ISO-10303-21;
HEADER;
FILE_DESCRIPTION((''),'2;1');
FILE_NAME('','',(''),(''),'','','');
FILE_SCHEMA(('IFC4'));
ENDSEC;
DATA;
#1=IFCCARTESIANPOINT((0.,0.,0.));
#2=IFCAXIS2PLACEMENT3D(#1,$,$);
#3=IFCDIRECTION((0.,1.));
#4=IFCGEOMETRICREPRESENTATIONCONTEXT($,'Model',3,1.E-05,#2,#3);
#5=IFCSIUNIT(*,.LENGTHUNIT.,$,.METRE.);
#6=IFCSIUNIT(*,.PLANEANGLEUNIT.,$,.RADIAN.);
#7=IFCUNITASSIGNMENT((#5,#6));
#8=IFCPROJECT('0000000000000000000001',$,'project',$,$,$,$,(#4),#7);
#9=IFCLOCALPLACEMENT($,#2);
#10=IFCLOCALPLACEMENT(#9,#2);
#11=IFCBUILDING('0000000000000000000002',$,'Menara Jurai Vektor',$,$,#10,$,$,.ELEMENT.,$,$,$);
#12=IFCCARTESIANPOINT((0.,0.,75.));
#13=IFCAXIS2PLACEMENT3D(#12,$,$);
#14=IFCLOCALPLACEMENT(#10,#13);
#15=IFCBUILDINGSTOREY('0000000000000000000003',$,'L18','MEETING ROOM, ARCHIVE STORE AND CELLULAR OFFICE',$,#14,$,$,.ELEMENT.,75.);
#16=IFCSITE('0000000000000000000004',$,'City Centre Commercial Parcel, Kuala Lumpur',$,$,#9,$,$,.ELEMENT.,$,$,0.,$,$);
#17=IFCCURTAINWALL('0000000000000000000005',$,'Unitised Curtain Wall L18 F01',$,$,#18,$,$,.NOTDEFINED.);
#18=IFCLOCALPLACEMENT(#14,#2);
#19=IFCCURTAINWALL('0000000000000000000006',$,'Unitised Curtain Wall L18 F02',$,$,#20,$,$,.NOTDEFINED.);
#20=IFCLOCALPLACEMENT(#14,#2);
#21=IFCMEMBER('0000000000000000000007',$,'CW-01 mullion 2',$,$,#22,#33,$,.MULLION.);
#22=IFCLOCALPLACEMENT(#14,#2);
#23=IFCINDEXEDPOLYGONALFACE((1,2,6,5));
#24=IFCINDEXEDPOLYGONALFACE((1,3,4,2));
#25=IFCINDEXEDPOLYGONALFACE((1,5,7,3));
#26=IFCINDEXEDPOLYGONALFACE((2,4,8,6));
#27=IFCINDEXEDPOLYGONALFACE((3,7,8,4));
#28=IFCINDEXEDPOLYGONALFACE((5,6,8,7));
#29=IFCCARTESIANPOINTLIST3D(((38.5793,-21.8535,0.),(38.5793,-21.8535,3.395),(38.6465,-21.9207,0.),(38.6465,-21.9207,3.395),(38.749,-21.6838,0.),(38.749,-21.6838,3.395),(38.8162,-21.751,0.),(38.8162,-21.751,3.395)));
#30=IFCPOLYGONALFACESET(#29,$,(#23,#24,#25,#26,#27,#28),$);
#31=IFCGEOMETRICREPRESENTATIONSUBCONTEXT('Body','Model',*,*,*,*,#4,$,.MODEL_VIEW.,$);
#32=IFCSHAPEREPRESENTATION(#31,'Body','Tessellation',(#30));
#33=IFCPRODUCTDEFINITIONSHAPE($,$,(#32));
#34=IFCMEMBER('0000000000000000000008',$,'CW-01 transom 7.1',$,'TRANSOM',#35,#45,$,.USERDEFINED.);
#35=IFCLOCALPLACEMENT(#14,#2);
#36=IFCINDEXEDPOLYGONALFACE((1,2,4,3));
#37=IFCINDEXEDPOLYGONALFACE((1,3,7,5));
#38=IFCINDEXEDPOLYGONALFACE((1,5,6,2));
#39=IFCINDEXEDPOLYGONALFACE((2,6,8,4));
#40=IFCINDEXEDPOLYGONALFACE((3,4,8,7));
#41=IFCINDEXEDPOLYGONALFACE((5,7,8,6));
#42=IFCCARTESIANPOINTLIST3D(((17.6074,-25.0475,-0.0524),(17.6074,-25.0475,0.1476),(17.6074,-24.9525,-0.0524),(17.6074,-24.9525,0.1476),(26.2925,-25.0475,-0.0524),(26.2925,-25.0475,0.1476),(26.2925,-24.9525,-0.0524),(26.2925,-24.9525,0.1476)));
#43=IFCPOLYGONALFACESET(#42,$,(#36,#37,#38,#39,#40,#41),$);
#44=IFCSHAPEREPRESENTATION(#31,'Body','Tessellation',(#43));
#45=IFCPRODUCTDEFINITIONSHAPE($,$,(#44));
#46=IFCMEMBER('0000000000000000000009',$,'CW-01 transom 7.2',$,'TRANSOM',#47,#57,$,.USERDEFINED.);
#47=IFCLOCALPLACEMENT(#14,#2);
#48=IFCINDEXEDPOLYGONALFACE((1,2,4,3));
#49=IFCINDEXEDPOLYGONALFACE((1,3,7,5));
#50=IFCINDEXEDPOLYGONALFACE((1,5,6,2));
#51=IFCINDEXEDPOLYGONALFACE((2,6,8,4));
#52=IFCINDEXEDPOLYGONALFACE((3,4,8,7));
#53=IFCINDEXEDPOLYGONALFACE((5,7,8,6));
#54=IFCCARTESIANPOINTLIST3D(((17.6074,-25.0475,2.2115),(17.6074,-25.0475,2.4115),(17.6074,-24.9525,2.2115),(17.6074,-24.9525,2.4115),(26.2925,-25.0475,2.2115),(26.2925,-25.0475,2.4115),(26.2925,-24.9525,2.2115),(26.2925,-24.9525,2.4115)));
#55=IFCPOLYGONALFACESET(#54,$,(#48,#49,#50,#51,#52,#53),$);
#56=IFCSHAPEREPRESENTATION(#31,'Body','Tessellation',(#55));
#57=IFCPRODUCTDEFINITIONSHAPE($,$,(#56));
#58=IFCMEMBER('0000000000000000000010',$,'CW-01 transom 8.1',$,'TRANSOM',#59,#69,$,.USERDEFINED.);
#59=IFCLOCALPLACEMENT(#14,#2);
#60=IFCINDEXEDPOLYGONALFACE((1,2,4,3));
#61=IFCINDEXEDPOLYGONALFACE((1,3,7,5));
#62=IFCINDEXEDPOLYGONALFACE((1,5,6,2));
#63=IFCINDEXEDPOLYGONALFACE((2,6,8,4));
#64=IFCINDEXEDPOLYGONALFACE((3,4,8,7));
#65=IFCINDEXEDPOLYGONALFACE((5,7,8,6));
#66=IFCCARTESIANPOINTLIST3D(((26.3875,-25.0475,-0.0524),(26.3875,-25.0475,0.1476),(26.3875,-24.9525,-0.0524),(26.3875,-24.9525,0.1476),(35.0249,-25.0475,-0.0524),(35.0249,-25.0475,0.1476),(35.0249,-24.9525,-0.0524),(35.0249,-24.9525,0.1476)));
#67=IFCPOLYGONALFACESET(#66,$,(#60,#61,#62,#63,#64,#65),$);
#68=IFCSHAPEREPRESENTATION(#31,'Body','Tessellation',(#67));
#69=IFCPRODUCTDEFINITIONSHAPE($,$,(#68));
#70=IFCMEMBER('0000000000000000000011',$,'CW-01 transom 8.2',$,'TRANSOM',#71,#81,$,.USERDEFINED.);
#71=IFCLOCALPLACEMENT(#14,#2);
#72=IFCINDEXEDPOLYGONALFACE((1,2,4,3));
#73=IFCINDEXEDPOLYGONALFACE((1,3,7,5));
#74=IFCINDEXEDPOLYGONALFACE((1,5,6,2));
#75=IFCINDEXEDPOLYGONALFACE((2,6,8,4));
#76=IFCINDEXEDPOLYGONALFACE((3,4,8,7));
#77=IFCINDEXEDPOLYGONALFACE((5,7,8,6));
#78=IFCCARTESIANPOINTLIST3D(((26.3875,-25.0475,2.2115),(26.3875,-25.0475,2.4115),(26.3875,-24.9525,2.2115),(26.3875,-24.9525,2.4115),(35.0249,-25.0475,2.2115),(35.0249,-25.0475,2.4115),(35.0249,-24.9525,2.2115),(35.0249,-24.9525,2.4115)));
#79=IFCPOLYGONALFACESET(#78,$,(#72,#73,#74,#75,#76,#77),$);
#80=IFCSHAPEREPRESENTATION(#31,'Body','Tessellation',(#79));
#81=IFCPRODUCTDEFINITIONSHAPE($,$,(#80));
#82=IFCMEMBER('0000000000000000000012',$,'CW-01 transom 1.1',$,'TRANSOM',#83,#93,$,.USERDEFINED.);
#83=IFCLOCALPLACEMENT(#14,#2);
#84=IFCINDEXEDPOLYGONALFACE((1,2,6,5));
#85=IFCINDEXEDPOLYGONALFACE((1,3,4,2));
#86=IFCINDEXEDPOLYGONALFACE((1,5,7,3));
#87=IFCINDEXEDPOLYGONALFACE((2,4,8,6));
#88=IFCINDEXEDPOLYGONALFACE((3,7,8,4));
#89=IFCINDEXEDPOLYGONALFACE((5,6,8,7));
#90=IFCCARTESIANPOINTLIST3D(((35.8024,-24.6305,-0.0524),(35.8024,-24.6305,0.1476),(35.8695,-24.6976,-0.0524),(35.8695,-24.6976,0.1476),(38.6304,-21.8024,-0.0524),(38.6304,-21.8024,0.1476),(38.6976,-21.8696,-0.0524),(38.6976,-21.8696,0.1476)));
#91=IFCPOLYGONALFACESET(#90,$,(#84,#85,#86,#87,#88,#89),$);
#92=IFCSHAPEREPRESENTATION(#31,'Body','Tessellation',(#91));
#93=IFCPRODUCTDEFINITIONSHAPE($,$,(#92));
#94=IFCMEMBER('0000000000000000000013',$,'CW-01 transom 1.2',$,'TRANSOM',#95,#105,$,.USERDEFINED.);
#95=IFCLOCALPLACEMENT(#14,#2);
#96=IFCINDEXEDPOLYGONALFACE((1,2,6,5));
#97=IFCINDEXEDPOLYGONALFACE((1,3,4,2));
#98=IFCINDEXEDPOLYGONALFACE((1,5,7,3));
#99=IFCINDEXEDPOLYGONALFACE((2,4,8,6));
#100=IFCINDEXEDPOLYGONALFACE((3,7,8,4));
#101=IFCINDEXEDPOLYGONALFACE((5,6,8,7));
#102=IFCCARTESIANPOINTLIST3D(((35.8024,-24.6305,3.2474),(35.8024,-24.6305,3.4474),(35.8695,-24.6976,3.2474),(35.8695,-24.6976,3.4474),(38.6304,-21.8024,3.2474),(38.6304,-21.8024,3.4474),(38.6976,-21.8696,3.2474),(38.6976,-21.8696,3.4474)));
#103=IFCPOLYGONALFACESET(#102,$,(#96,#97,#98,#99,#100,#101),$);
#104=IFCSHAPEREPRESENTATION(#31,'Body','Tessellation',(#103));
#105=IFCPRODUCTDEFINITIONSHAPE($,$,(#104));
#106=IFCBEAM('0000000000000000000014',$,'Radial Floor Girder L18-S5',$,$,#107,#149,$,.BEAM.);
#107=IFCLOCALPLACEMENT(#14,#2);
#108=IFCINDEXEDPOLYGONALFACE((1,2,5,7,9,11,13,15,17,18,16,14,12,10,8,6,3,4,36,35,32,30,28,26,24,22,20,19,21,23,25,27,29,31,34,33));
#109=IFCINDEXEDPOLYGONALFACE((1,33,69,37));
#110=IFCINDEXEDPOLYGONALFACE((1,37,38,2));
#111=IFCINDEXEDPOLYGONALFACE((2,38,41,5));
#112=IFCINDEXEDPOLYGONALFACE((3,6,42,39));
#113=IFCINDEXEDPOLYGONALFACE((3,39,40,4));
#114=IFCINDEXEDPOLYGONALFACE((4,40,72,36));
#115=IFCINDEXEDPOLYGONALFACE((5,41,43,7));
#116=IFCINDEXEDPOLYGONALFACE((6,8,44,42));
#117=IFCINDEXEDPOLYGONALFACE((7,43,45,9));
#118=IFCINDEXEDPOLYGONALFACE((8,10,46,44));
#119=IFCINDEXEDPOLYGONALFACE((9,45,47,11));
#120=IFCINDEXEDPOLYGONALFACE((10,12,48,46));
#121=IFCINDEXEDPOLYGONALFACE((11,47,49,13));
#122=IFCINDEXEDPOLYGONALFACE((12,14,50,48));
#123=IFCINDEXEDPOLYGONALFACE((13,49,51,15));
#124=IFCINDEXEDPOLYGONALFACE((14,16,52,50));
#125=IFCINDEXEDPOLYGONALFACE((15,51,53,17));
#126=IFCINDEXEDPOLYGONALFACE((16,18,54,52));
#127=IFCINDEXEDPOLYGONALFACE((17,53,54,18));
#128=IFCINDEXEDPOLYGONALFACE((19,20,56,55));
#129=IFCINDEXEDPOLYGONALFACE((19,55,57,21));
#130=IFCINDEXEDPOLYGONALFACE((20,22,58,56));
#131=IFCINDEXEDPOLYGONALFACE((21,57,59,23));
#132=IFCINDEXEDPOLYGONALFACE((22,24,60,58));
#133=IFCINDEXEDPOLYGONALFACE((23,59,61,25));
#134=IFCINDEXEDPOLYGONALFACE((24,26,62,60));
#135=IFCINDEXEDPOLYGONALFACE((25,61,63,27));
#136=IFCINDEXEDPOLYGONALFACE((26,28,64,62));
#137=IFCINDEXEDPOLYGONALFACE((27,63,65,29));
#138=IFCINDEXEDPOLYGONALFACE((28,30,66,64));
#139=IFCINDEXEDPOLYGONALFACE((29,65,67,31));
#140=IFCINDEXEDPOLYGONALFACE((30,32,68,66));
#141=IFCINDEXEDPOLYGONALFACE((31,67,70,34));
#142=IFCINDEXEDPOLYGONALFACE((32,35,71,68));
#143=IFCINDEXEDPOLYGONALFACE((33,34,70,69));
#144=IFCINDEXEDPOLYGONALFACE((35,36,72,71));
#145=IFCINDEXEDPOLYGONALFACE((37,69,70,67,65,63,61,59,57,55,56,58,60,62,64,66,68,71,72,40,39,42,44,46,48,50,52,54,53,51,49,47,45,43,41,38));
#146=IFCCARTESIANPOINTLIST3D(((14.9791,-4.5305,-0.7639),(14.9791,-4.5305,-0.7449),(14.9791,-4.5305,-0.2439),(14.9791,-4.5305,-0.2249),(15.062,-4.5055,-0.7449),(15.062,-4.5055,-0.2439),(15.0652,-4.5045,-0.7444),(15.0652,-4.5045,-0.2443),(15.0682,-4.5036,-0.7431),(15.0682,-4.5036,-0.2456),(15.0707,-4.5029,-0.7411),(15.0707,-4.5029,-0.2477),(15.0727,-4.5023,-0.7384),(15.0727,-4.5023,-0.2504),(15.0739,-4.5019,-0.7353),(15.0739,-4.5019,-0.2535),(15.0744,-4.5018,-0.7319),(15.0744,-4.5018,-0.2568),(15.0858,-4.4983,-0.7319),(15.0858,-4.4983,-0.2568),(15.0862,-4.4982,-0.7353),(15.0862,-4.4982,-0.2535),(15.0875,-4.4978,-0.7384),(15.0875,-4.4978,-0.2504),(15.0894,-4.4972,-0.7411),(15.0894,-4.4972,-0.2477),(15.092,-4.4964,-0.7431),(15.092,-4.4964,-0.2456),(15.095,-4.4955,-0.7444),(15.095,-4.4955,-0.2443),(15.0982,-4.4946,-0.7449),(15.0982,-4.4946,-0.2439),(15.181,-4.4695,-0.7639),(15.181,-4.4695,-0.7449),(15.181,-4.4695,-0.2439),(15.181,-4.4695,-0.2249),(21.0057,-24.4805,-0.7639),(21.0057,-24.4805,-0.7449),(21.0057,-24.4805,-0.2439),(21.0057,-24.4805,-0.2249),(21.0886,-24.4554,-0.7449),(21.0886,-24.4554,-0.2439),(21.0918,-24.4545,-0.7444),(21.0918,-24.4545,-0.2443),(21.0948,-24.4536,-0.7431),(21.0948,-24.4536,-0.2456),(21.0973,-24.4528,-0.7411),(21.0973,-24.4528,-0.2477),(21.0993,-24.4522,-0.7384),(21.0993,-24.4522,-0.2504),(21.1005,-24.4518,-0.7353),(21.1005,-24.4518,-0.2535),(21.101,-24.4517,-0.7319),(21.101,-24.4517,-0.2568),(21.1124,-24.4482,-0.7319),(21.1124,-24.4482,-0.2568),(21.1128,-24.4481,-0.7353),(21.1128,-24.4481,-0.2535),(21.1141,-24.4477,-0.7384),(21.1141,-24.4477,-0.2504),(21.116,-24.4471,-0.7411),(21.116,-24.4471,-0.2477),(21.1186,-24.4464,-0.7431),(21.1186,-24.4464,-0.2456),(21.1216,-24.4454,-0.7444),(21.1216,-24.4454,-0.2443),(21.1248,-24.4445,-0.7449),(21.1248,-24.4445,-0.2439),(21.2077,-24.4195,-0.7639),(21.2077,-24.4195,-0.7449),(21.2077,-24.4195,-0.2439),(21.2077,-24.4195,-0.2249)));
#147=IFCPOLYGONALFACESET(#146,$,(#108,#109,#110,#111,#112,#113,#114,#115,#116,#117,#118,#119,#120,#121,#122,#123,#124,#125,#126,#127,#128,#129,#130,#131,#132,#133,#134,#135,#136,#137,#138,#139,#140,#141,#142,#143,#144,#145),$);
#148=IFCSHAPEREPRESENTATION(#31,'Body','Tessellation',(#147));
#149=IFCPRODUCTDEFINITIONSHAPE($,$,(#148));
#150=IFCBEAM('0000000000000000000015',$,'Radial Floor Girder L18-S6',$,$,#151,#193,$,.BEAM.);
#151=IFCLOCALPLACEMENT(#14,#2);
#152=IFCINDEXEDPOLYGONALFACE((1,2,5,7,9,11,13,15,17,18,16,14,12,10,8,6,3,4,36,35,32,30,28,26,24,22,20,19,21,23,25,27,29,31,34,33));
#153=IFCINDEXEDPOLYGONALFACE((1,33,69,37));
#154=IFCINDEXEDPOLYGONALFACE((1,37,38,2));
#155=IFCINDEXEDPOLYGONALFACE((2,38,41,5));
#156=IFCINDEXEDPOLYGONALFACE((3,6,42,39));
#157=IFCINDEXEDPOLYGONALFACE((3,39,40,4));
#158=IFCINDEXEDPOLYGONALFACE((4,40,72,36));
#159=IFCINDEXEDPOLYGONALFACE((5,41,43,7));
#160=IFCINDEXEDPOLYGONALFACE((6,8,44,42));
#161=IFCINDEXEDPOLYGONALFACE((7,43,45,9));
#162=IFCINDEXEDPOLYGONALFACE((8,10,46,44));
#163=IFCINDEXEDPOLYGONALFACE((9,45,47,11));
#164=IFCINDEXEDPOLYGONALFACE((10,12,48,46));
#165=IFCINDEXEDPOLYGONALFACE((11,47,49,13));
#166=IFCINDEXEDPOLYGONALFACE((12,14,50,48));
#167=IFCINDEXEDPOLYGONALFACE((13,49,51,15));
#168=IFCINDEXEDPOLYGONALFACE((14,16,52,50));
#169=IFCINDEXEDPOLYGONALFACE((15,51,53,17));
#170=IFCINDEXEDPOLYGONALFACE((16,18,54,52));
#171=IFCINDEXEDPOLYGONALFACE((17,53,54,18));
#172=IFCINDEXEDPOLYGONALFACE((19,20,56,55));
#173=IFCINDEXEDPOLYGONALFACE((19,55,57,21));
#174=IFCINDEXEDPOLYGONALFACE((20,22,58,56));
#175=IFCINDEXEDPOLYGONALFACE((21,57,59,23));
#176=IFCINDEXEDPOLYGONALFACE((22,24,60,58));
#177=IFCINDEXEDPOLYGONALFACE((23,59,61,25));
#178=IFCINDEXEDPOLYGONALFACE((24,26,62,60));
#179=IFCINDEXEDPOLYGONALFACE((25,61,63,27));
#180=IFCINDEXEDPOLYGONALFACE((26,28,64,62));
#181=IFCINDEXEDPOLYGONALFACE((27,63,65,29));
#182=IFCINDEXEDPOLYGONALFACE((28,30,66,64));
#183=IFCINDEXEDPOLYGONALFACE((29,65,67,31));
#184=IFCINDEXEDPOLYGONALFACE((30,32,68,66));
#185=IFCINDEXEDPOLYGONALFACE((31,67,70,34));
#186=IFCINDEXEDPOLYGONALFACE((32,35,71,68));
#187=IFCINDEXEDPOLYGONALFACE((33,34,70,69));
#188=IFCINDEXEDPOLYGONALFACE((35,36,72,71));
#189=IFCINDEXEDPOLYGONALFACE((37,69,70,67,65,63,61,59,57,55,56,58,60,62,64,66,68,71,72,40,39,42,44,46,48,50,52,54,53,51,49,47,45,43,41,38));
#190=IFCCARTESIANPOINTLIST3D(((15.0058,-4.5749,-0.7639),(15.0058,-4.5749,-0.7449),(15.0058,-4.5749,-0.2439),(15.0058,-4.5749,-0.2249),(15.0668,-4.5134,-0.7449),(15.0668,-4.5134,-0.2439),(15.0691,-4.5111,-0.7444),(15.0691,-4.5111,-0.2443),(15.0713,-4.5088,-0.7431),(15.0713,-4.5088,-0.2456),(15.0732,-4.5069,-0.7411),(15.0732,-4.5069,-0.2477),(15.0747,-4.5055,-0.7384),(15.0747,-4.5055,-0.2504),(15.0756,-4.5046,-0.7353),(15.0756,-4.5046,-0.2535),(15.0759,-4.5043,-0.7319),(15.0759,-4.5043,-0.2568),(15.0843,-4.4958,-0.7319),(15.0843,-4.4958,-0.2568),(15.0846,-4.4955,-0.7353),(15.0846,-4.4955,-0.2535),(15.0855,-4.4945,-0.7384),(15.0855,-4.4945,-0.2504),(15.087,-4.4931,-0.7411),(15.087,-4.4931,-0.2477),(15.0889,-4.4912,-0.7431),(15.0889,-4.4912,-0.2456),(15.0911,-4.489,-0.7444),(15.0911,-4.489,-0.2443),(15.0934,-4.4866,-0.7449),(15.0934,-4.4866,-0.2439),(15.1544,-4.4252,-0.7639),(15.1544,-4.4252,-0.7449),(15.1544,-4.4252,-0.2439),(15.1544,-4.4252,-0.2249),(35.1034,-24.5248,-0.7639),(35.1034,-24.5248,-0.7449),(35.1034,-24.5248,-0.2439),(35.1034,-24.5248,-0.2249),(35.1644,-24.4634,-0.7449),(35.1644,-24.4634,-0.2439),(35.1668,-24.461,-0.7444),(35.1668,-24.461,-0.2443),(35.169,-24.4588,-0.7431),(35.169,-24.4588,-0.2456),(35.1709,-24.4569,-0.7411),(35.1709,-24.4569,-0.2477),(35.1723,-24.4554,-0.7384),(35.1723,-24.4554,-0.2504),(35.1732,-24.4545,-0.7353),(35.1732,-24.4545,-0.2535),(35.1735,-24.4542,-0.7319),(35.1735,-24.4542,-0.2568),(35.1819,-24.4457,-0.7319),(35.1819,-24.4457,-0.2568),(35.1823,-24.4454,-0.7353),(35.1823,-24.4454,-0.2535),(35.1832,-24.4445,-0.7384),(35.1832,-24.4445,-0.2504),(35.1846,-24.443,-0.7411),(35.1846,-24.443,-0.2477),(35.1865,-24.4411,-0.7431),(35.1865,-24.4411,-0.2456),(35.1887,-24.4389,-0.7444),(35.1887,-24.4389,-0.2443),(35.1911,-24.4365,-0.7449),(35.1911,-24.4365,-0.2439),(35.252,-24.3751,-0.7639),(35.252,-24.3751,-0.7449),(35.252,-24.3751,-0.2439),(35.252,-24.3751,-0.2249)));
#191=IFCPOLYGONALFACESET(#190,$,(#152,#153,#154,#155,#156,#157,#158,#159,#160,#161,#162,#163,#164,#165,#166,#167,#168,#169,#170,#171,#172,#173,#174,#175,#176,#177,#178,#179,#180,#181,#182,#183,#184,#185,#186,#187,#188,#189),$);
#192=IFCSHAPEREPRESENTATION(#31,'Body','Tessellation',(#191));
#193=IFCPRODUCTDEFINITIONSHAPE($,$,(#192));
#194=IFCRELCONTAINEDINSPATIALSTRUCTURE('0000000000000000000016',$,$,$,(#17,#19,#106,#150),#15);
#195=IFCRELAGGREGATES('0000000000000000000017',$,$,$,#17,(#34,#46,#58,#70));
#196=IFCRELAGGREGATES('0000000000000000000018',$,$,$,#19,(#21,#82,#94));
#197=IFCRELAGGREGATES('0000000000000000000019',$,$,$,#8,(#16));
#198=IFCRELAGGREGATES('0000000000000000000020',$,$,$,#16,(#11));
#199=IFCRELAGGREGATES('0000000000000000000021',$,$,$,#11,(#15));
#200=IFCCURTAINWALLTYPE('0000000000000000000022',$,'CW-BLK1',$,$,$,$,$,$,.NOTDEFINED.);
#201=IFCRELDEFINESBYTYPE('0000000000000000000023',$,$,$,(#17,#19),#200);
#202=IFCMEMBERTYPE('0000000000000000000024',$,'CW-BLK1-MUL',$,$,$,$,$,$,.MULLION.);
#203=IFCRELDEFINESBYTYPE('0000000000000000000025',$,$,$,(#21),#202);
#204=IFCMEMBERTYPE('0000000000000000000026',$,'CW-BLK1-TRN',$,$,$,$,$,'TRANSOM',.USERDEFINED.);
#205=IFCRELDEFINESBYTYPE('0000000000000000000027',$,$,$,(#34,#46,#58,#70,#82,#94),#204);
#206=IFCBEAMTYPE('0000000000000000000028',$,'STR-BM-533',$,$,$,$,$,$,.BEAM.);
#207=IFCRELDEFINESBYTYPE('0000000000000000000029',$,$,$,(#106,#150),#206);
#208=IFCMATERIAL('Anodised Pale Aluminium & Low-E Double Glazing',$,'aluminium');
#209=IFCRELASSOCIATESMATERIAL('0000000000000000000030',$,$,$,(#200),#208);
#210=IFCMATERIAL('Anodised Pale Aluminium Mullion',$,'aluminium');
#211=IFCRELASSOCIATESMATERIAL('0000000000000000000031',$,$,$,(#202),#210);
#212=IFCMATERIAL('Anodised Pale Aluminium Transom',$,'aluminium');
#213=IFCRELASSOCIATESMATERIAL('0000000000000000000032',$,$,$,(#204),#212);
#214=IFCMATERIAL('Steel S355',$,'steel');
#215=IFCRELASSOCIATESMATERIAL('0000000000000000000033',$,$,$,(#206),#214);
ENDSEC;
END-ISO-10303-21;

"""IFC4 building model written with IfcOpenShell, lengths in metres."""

from ifc_helpers import new_model, si_unit, direction, frame, origin, origin_2d, place, context, subcontext, project, spatial, rectangle, i_section, extrude, material, material_profile, profile_set, type_object, element, aggregate, save


model = new_model("IFC4")

# Units and contexts
model_context = context("Model", 3, precision=1e-05, world=origin(), true_north=direction((0.0, 1.0)))
body_context = subcontext(model_context, "Body", "Model", "MODEL_VIEW")
ifc_project = project(units=[si_unit("LENGTHUNIT", "METRE"), si_unit("PLANEANGLEUNIT", "RADIAN")], contexts=[model_context])

# Site, building, storey
site_placement = place(None, origin())
site = spatial("IfcSite", under=ifc_project, at=site_placement, Name="City Centre Commercial Parcel, Kuala Lumpur", CompositionType="ELEMENT", RefElevation=0.0)
building_placement = place(site_placement, origin())
building = spatial("IfcBuilding", under=site, at=building_placement, Name="Menara Jurai Vektor", CompositionType="ELEMENT")
storey_placement = place(building_placement, frame((0.0, 0.0, 75.0)))
storey = spatial("IfcBuildingStorey", under=building, at=storey_placement, Name="L18", Description="MEETING ROOM, ARCHIVE STORE AND CELLULAR OFFICE", CompositionType="ELEMENT", Elevation=75.0)

# Curtain walls, member
ifc_material_1 = material(Name="Anodised Pale Aluminium & Low-E Double Glazing", Category="aluminium")
curtain_wall_type = type_object("IfcCurtainWallType", Name="CW-BLK1", PredefinedType="NOTDEFINED", material=ifc_material_1)
curtain_wall_1_placement = place(storey_placement, origin())
curtain_wall_1 = element("IfcCurtainWall", 1, at=curtain_wall_1_placement, inside=storey, type_object=curtain_wall_type, Name="Unitised Curtain Wall L18 F01", PredefinedType="NOTDEFINED")
ifc_material_2 = material(Name="Anodised Pale Aluminium Mullion", Category="aluminium")
ifc_material_profile_1 = material_profile(ifc_material_2, rectangle(XDim=0.095, YDim=0.24, at=origin_2d()), Name="ALU MUL 95x240")
ifc_profile_set_1 = profile_set([ifc_material_profile_1], Name="Anodised Pale Aluminium Mullion")
member_type_1 = type_object("IfcMemberType", Name="CW-BLK1-MUL", PredefinedType="MULLION", material=ifc_profile_set_1)
curtain_wall_2_placement = place(storey_placement, origin())
curtain_wall_2 = element("IfcCurtainWall", 2, at=curtain_wall_2_placement, inside=storey, type_object=curtain_wall_type, Name="Unitised Curtain Wall L18 F02", PredefinedType="NOTDEFINED")
member_1_placement = place(storey_placement, frame((38.6978, -21.8022, 0.0), z_axis=(0.0, 0.0, 1.0), x_axis=(-0.707107, 0.707107, 0.0)))
member_1 = element("IfcMember", 3, at=member_1_placement, type_object=member_type_1, Name="CW-01 mullion 2", PredefinedType="MULLION", context=body_context, shape_type="SweptSolid", body=[
    extrude(rectangle(XDim=0.095, YDim=0.24, at=origin_2d()), origin(), (0.0, 0.0, 1.0), 3.395),
])

# Members
ifc_material_3 = material(Name="Anodised Pale Aluminium Transom", Category="aluminium")
ifc_material_profile_2 = material_profile(ifc_material_3, rectangle(XDim=0.095, YDim=0.2, at=origin_2d()), Name="ALU TRN 95x200")
ifc_profile_set_2 = profile_set([ifc_material_profile_2], Name="Anodised Pale Aluminium Transom")
member_type_2 = type_object("IfcMemberType", Name="CW-BLK1-TRN", ElementType="TRANSOM", PredefinedType="USERDEFINED", material=ifc_profile_set_2)
member_2_placement = place(storey_placement, frame((17.6074, -25.0, 0.0476), z_axis=(1.0, 0.0, 0.0), x_axis=(0.0, 1.0, 0.0)))
member_2 = element("IfcMember", 4, at=member_2_placement, type_object=member_type_2, Name="CW-01 transom 7.1", ObjectType="TRANSOM", PredefinedType="USERDEFINED", context=body_context, shape_type="SweptSolid", body=[
    extrude(rectangle(XDim=0.095, YDim=0.2, at=origin_2d()), origin(), (0.0, 0.0, 1.0), 8.6851),
])
member_3_placement = place(storey_placement, frame((17.6074, -25.0, 2.3115), z_axis=(1.0, 0.0, 0.0), x_axis=(0.0, 1.0, 0.0)))
member_3 = element("IfcMember", 5, at=member_3_placement, type_object=member_type_2, Name="CW-01 transom 7.2", ObjectType="TRANSOM", PredefinedType="USERDEFINED", context=body_context, shape_type="SweptSolid", body=[
    extrude(rectangle(XDim=0.095, YDim=0.2, at=origin_2d()), origin(), (0.0, 0.0, 1.0), 8.6851),
])
member_4_placement = place(storey_placement, frame((26.3875, -25.0, 0.0476), z_axis=(1.0, 0.0, 0.0), x_axis=(0.0, 1.0, 0.0)))
member_4 = element("IfcMember", 6, at=member_4_placement, type_object=member_type_2, Name="CW-01 transom 8.1", ObjectType="TRANSOM", PredefinedType="USERDEFINED", context=body_context, shape_type="SweptSolid", body=[
    extrude(rectangle(XDim=0.095, YDim=0.2, at=origin_2d()), origin(), (0.0, 0.0, 1.0), 8.6375),
])
member_5_placement = place(storey_placement, frame((26.3875, -25.0, 2.3115), z_axis=(1.0, 0.0, 0.0), x_axis=(0.0, 1.0, 0.0)))
member_5 = element("IfcMember", 7, at=member_5_placement, type_object=member_type_2, Name="CW-01 transom 8.2", ObjectType="TRANSOM", PredefinedType="USERDEFINED", context=body_context, shape_type="SweptSolid", body=[
    extrude(rectangle(XDim=0.095, YDim=0.2, at=origin_2d()), origin(), (0.0, 0.0, 1.0), 8.6375),
])
member_6_placement = place(storey_placement, frame((35.8359, -24.6641, 0.0476), z_axis=(0.707107, 0.707107, 0.0), x_axis=(-0.707107, 0.707107, 0.0)))
member_6 = element("IfcMember", 8, at=member_6_placement, type_object=member_type_2, Name="CW-01 transom 1.1", ObjectType="TRANSOM", PredefinedType="USERDEFINED", context=body_context, shape_type="SweptSolid", body=[
    extrude(rectangle(XDim=0.095, YDim=0.2, at=origin_2d()), origin(), (0.0, 0.0, 1.0), 3.9995),
])
member_7_placement = place(storey_placement, frame((35.8359, -24.6641, 3.3474), z_axis=(0.707107, 0.707107, 0.0), x_axis=(-0.707107, 0.707107, 0.0)))
member_7 = element("IfcMember", 9, at=member_7_placement, type_object=member_type_2, Name="CW-01 transom 1.2", ObjectType="TRANSOM", PredefinedType="USERDEFINED", context=body_context, shape_type="SweptSolid", body=[
    extrude(rectangle(XDim=0.095, YDim=0.2, at=origin_2d()), origin(), (0.0, 0.0, 1.0), 3.9995),
])

# Beams
ifc_material_4 = material(Name="Steel S355", Category="steel")
ifc_material_profile_3 = material_profile(ifc_material_4, i_section(OverallWidth=0.2109, OverallDepth=0.5391, WebThickness=0.012, FlangeThickness=0.019, FilletRadius=0.0129, at=origin_2d()), Name="UKB 533x210x109")
ifc_profile_set_3 = profile_set([ifc_material_profile_3], Name="Steel S355")
beam_type_1 = type_object("IfcBeamType", Name="STR-BM-533", PredefinedType="BEAM", material=ifc_profile_set_3)
beam_1_placement = place(storey_placement, frame((21.1067, -24.45, -0.4944), z_axis=(-0.28918, 0.957275, 0.0), x_axis=(-0.957275, -0.28918, 0.0)))
element("IfcBeam", 10, at=beam_1_placement, inside=storey, type_object=beam_type_1, Name="Radial Floor Girder L18-S5", PredefinedType="BEAM", context=body_context, shape_type="SweptSolid", body=[
    extrude(i_section(OverallWidth=0.2109, OverallDepth=0.5391, WebThickness=0.012, FlangeThickness=0.019, FilletRadius=0.0129, at=origin_2d()), origin(), (0.0, 0.0, 1.0), 20.8403),
])
beam_2_placement = place(storey_placement, frame((35.1777, -24.45, -0.4944), z_axis=(-0.70971, 0.704494, 0.0), x_axis=(-0.704494, -0.70971, 0.0)))
element("IfcBeam", 11, at=beam_2_placement, inside=storey, type_object=beam_type_1, Name="Radial Floor Girder L18-S6", PredefinedType="BEAM", context=body_context, shape_type="SweptSolid", body=[
    extrude(i_section(OverallWidth=0.2109, OverallDepth=0.5391, WebThickness=0.012, FlangeThickness=0.019, FilletRadius=0.0129, at=origin_2d()), origin(), (0.0, 0.0, 1.0), 28.3181),
])

aggregate(curtain_wall_1, [member_2, member_3, member_4, member_5])
aggregate(curtain_wall_2, [member_1, member_6, member_7])

save(model, "model.ifc")
